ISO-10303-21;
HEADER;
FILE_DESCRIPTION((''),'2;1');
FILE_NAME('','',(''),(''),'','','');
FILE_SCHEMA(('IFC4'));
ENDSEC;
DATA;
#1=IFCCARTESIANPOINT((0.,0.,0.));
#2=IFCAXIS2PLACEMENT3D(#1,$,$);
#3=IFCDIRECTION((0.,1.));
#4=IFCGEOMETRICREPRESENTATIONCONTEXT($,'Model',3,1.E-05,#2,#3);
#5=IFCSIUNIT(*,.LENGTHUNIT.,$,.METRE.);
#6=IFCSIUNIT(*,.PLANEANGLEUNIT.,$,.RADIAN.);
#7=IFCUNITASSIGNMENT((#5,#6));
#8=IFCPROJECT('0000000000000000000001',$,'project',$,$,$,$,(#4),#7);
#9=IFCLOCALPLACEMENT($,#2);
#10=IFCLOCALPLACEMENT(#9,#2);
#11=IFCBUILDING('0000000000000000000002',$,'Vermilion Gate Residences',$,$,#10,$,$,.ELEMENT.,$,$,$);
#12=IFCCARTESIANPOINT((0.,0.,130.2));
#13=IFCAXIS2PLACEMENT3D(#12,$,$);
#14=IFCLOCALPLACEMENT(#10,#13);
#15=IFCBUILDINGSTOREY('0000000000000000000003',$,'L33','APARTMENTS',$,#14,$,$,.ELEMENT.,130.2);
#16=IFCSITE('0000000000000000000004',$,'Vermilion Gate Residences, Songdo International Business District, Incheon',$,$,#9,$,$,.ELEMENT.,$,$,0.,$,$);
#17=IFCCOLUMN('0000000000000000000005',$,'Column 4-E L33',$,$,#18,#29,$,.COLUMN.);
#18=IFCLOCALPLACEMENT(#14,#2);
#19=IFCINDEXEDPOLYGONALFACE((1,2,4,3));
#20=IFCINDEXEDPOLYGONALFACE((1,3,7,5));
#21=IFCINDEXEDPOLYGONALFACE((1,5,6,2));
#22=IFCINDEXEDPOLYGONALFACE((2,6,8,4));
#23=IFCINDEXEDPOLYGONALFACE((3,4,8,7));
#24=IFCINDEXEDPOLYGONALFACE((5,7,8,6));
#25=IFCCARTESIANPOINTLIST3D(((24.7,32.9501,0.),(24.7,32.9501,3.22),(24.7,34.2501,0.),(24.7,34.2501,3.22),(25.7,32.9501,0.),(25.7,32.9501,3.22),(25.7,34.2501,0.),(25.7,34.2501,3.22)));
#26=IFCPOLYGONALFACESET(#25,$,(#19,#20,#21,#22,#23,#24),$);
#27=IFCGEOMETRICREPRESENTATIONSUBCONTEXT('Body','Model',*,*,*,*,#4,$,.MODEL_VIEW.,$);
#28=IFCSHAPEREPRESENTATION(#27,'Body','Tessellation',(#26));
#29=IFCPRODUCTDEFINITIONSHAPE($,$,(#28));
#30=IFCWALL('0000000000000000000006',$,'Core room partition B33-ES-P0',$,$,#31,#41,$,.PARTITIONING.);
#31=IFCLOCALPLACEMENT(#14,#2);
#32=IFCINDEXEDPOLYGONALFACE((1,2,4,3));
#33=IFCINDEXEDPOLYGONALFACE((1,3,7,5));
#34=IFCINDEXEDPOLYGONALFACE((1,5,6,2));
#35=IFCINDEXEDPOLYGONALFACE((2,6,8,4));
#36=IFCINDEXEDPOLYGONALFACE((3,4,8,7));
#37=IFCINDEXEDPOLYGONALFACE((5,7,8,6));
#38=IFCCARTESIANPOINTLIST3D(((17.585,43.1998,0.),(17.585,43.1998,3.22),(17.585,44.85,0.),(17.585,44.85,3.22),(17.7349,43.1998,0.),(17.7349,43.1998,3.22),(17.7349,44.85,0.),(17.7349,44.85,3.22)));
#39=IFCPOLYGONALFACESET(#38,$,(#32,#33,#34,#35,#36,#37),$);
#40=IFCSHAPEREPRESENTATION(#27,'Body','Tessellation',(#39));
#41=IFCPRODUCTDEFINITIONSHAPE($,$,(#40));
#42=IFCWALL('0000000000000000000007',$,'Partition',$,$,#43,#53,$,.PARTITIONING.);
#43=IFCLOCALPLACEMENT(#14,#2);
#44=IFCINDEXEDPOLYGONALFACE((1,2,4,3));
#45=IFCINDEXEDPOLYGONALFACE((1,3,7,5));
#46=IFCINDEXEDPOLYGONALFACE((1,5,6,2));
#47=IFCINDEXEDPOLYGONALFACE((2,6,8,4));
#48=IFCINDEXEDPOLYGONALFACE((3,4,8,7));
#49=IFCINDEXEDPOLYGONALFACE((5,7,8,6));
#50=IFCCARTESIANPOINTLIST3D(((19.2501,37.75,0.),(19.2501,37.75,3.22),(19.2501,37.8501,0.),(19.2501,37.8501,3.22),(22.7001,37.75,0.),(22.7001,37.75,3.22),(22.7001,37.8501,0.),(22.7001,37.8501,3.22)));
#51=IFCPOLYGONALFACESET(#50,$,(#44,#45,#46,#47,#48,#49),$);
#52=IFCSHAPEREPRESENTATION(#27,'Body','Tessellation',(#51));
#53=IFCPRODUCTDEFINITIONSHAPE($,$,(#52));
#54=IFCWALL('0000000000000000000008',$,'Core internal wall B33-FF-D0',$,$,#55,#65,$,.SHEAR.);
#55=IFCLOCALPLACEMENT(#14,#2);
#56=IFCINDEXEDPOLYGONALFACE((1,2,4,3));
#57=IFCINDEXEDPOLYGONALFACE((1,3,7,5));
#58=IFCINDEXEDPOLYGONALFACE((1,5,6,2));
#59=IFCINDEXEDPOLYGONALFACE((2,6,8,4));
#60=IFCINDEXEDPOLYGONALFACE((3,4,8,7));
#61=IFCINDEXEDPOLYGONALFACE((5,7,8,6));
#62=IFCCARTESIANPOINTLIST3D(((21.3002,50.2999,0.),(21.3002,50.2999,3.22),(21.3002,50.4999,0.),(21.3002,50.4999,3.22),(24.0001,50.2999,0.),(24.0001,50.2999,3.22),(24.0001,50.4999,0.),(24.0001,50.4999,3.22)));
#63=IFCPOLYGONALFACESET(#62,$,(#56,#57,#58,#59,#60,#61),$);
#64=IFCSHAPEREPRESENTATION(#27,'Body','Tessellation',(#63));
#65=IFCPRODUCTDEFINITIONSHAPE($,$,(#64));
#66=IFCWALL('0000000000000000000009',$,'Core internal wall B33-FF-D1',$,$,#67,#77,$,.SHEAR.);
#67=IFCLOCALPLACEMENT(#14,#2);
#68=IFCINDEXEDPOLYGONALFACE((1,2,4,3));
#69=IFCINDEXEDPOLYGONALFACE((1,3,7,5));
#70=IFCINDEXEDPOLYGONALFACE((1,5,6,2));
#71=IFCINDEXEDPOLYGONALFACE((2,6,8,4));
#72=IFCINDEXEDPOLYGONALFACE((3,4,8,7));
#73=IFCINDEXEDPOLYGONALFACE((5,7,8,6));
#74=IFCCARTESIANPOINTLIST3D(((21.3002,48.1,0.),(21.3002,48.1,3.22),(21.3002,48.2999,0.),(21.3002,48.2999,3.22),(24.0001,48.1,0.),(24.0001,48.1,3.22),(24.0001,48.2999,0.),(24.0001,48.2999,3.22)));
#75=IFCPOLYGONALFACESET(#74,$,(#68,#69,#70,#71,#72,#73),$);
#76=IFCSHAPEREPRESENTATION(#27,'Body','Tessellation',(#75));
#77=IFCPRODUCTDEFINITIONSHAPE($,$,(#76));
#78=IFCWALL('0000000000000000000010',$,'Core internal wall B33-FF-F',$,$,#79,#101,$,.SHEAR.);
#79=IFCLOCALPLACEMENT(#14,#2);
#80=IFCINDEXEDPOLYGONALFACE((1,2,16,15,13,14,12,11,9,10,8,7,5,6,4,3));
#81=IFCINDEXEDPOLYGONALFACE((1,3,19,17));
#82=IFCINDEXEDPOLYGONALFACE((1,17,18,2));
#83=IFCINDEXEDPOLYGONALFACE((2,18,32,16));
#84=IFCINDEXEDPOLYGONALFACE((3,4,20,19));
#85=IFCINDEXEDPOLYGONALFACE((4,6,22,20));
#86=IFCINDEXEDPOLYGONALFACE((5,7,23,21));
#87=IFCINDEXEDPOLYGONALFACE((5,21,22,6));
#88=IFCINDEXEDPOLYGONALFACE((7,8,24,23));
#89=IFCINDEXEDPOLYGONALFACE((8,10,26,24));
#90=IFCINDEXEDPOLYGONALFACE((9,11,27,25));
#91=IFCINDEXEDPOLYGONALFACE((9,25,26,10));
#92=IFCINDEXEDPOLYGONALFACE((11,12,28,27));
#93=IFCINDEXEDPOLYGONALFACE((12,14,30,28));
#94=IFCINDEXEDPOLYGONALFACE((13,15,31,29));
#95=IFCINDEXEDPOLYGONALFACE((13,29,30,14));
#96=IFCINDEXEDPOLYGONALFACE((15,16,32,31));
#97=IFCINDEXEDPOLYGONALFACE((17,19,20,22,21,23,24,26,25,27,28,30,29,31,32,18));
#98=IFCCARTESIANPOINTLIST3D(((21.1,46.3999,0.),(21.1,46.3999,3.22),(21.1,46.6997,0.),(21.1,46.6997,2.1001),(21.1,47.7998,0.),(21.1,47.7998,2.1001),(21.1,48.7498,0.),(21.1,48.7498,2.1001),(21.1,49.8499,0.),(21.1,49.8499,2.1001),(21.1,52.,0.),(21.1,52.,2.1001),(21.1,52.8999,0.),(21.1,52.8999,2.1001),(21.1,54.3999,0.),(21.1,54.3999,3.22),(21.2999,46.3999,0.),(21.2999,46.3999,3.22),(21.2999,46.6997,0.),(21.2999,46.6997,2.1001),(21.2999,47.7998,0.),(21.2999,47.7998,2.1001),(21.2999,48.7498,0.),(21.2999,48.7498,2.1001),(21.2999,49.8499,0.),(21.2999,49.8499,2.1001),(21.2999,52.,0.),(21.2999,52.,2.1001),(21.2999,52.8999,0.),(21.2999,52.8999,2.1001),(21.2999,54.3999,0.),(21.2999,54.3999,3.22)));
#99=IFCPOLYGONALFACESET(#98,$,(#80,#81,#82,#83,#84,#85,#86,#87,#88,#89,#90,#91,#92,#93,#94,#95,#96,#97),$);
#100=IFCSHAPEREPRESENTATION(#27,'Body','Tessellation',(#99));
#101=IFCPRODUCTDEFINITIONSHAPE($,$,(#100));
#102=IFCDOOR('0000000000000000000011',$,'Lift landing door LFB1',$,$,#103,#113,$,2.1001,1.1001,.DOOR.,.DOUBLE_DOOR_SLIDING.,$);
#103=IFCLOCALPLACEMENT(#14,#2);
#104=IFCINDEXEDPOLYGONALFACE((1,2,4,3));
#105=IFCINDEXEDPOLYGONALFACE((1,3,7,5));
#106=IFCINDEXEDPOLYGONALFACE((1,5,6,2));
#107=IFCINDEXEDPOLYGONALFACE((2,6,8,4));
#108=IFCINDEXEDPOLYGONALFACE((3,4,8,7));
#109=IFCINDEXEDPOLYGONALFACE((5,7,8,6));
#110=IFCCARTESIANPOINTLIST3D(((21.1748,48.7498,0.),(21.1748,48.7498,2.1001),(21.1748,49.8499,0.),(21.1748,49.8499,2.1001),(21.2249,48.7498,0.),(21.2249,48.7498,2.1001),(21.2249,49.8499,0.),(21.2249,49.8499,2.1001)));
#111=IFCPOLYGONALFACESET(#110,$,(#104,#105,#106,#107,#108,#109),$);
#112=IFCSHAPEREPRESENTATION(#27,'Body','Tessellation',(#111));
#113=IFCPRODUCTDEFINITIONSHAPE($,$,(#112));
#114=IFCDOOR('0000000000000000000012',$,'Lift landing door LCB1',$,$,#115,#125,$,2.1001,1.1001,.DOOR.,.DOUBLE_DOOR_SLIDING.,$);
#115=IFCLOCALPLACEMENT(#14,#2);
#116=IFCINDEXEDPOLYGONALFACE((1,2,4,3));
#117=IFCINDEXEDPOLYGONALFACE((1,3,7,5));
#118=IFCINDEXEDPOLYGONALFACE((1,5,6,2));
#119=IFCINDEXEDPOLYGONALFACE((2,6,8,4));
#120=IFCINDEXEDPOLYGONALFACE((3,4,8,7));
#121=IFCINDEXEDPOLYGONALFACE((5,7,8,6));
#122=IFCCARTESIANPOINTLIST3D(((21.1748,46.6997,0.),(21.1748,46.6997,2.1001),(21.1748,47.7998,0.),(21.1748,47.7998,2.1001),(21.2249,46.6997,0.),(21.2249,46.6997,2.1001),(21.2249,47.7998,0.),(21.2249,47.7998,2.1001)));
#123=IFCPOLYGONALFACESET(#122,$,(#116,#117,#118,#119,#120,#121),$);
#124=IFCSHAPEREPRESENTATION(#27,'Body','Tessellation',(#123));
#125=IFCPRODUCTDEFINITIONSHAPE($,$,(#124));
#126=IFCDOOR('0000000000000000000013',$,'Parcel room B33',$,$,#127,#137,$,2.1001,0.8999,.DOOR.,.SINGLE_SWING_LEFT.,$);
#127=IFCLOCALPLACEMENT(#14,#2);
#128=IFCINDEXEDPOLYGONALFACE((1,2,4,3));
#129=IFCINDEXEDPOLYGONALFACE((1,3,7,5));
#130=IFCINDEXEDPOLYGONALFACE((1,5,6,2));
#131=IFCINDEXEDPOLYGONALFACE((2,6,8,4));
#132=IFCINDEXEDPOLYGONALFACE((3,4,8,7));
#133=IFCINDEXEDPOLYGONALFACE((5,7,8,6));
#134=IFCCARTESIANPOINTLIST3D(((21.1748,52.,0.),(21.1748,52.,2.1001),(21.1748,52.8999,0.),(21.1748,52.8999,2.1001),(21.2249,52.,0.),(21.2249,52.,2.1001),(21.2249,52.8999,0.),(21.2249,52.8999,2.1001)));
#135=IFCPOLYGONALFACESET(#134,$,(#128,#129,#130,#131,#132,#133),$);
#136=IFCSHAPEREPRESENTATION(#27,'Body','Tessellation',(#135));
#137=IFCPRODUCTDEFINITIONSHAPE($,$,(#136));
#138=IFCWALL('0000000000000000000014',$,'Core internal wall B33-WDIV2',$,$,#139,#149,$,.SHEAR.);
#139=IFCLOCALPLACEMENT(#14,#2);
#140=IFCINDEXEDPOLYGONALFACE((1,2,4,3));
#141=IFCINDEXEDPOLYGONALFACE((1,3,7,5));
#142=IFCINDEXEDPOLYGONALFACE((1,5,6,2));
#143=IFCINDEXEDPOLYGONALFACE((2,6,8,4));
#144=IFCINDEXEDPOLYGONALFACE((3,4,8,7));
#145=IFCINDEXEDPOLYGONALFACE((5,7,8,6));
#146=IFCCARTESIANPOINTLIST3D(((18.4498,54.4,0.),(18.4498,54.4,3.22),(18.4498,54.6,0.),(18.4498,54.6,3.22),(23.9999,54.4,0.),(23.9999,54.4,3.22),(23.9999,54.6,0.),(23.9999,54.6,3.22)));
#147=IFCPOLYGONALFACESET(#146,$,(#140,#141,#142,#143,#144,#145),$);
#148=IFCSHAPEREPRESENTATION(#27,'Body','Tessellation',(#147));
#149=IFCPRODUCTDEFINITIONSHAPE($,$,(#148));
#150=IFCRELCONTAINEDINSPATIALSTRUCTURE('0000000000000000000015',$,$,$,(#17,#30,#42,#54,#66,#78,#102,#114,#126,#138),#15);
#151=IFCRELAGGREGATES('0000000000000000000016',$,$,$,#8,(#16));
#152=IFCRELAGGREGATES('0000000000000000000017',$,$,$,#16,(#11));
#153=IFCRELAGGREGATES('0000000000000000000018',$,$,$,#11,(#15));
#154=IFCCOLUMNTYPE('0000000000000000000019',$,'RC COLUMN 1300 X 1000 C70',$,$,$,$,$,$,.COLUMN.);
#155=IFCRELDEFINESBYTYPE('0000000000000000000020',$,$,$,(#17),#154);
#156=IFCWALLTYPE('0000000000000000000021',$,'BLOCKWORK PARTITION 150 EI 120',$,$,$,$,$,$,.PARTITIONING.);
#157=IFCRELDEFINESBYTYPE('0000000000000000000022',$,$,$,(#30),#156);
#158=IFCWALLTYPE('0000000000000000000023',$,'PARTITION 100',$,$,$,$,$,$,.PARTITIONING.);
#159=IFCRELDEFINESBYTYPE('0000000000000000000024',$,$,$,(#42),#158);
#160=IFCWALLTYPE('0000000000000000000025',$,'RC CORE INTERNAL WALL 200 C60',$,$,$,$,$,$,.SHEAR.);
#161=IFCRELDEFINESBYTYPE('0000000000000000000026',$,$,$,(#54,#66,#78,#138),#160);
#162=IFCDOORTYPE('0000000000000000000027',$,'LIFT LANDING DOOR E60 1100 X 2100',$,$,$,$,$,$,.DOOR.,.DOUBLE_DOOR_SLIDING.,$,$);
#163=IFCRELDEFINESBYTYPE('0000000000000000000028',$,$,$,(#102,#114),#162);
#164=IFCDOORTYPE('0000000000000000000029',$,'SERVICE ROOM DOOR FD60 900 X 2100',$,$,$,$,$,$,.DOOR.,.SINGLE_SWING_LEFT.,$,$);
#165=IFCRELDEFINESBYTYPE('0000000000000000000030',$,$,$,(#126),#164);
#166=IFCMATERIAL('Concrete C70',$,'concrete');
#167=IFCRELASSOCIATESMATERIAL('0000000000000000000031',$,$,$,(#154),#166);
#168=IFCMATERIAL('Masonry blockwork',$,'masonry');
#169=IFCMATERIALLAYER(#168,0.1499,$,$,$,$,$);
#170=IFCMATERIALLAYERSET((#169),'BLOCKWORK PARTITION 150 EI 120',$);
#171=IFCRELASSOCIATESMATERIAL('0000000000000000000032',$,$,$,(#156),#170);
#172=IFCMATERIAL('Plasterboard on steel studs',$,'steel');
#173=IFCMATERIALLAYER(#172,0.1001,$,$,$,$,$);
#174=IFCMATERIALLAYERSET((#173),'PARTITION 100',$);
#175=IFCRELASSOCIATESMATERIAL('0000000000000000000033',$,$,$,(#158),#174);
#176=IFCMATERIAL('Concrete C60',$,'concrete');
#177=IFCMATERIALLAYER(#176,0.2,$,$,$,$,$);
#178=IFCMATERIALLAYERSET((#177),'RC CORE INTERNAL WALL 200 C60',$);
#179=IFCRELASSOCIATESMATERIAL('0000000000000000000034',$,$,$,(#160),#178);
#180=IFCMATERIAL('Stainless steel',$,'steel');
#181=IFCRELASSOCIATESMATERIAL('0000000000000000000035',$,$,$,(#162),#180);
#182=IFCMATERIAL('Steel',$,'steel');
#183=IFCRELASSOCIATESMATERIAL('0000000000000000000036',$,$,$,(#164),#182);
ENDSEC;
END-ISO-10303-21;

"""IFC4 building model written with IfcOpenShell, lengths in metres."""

from ifc_helpers import new_model, si_unit, direction, frame, frame_2d, origin, origin_2d, place, context, subcontext, project, spatial, rectangle, extrude, material, layer, layer_set, material_profile, profile_set, type_object, element, fill, save


model = new_model("IFC4")

# Units and contexts
model_context = context("Model", 3, precision=1e-05, world=origin(), true_north=direction((0.0, 1.0)))
body_context = subcontext(model_context, "Body", "Model", "MODEL_VIEW")
ifc_project = project(units=[si_unit("LENGTHUNIT", "METRE"), si_unit("PLANEANGLEUNIT", "RADIAN")], contexts=[model_context])

# Site, building, storey
site_placement = place(None, origin())
site = spatial("IfcSite", under=ifc_project, at=site_placement, Name="Vermilion Gate Residences, Songdo International Business District, Incheon", CompositionType="ELEMENT", RefElevation=0.0)
building_placement = place(site_placement, origin())
building = spatial("IfcBuilding", under=site, at=building_placement, Name="Vermilion Gate Residences", CompositionType="ELEMENT")
storey_placement = place(building_placement, frame((0.0, 0.0, 130.2)))
storey = spatial("IfcBuildingStorey", under=building, at=storey_placement, Name="L33", Description="APARTMENTS", CompositionType="ELEMENT", Elevation=130.2)

# Column
ifc_material_1 = material(Name="Concrete C70", Category="concrete")
ifc_material_profile = material_profile(ifc_material_1, rectangle(XDim=1.3, YDim=1.0, at=origin_2d()), Name="RC-1300x1000")
ifc_profile_set = profile_set([ifc_material_profile], Name="Concrete C70")
column_type = type_object("IfcColumnType", Name="RC COLUMN 1300 X 1000 C70", PredefinedType="COLUMN", material=ifc_profile_set)
column_placement = place(storey_placement, frame((25.2, 33.6001, 0.0), z_axis=(0.0, 0.0, 1.0), x_axis=(0.0, 1.0, 0.0)))
element("IfcColumn", 1, at=column_placement, inside=storey, type_object=column_type, Name="Column 4-E L33", PredefinedType="COLUMN", context=body_context, shape_type="SweptSolid", body=[
    extrude(rectangle(XDim=1.3, YDim=1.0, at=origin_2d()), origin(), (0.0, 0.0, 1.0), 3.22),
])

# Walls
ifc_material_2 = material(Name="Masonry blockwork", Category="masonry")
ifc_layer_1 = layer(ifc_material_2, 0.1499)
ifc_layer_set_1 = layer_set([ifc_layer_1], Name="BLOCKWORK PARTITION 150 EI 120")
wall_type_1 = type_object("IfcWallType", Name="BLOCKWORK PARTITION 150 EI 120", PredefinedType="PARTITIONING", material=ifc_layer_set_1)
wall_1_placement = place(storey_placement, frame((17.6599, 44.8501, 0.0), z_axis=(0.0, 0.0, 1.0), x_axis=(0.0, -1.0, 0.0)))
element("IfcWall", 2, at=wall_1_placement, inside=storey, type_object=wall_type_1, Name="Core room partition B33-ES-P0", PredefinedType="PARTITIONING", context=body_context, shape_type="SweptSolid", body=[
    extrude(rectangle(XDim=1.6501, YDim=0.1499, at=frame_2d((0.8252, 0.0))), origin(), (0.0, 0.0, 1.0), 3.22),
])
ifc_material_3 = material(Name="Plasterboard on steel studs", Category="steel")
ifc_layer_2 = layer(ifc_material_3, 0.1001)
ifc_layer_set_2 = layer_set([ifc_layer_2], Name="PARTITION 100")
wall_type_2 = type_object("IfcWallType", Name="PARTITION 100", PredefinedType="PARTITIONING", material=ifc_layer_set_2)
wall_2_placement = place(storey_placement, frame((19.25, 37.8, 0.0), z_axis=(0.0, 0.0, 1.0), x_axis=(1.0, 0.0, 0.0)))
element("IfcWall", 3, at=wall_2_placement, inside=storey, type_object=wall_type_2, Name="Partition", PredefinedType="PARTITIONING", context=body_context, shape_type="SweptSolid", body=[
    extrude(rectangle(XDim=3.45, YDim=0.1001, at=frame_2d((1.7251, 0.0))), origin(), (0.0, 0.0, 1.0), 3.22),
])
ifc_material_4 = material(Name="Concrete C60", Category="concrete")
ifc_layer_3 = layer(ifc_material_4, 0.2)
ifc_layer_set_3 = layer_set([ifc_layer_3], Name="RC CORE INTERNAL WALL 200 C60")
wall_type_3 = type_object("IfcWallType", Name="RC CORE INTERNAL WALL 200 C60", PredefinedType="SHEAR", material=ifc_layer_set_3)
for number, where, z_axis, x_axis, name in (
    (4, (21.3, 50.3999, 0.0), (0.0, 0.0, 1.0), (1.0, 0.0, 0.0), "Core internal wall B33-FF-D0"),
    (5, (21.3, 48.2, 0.0), (0.0, 0.0, 1.0), (1.0, 0.0, 0.0), "Core internal wall B33-FF-D1"),
):
    element("IfcWall", number, at=place(storey_placement, frame(where, z_axis=z_axis, x_axis=x_axis)), inside=storey, type_object=wall_type_3, Name=name, PredefinedType="SHEAR", context=body_context, shape_type="SweptSolid", body=[
        extrude(rectangle(XDim=2.7, YDim=0.2, at=frame_2d((1.3501, 0.0))), origin(), (0.0, 0.0, 1.0), 3.22),
    ])

# Wall, openings, doors
wall_3_placement = place(storey_placement, frame((21.2, 54.3999, 0.0), z_axis=(0.0, 0.0, 1.0), x_axis=(0.0, -1.0, 0.0)))
wall_3 = element("IfcWall", 6, at=wall_3_placement, inside=storey, type_object=wall_type_3, Name="Core internal wall B33-FF-F", PredefinedType="SHEAR", context=body_context, shape_type="SweptSolid", body=[
    extrude(rectangle(XDim=8.0, YDim=0.2, at=frame_2d((4.0, 0.0))), origin(), (0.0, 0.0, 1.0), 3.22),
])
opening_1_placement = place(wall_3_placement, frame((1.5, 0.0, 0.0)))
opening_1 = element("IfcOpeningElement", 7, at=opening_1_placement, cuts=wall_3, PredefinedType="OPENING", context=body_context, shape_type="SweptSolid", body=[
    extrude(rectangle(XDim=0.8999, YDim=2.1001, at=frame_2d((0.45, 1.05))), frame((0.0, 0.1099, 0.0), z_axis=(0.0, -1.0, 0.0), x_axis=(1.0, 0.0, 0.0)), (0.0, 0.0, 1.0), 0.22),
])
opening_2_placement = place(wall_3_placement, frame((4.55, 0.0, 0.0)))
opening_2 = element("IfcOpeningElement", 8, at=opening_2_placement, cuts=wall_3, PredefinedType="OPENING", context=body_context, shape_type="SweptSolid", body=[
    extrude(rectangle(XDim=1.1001, YDim=2.1001, at=frame_2d((0.55, 1.05))), frame((0.0, 0.1099, 0.0), z_axis=(0.0, -1.0, 0.0), x_axis=(1.0, 0.0, 0.0)), (0.0, 0.0, 1.0), 0.22),
])
opening_3_placement = place(wall_3_placement, frame((6.6001, 0.0, 0.0)))
opening_3 = element("IfcOpeningElement", 9, at=opening_3_placement, cuts=wall_3, PredefinedType="OPENING", context=body_context, shape_type="SweptSolid", body=[
    extrude(rectangle(XDim=1.1001, YDim=2.1001, at=frame_2d((0.55, 1.05))), frame((0.0, 0.1099, 0.0), z_axis=(0.0, -1.0, 0.0), x_axis=(1.0, 0.0, 0.0)), (0.0, 0.0, 1.0), 0.22),
])
ifc_material_5 = material(Name="Stainless steel", Category="steel")
door_type_1 = type_object("IfcDoorType", Name="LIFT LANDING DOOR E60 1100 X 2100", OperationType="DOUBLE_DOOR_SLIDING", PredefinedType="DOOR", material=ifc_material_5)
door_1_placement = place(opening_2_placement, origin())
door_1 = element("IfcDoor", 10, at=door_1_placement, inside=storey, type_object=door_type_1, Name="Lift landing door LFB1", OperationType="DOUBLE_DOOR_SLIDING", OverallHeight=2.1001, OverallWidth=1.1001, PredefinedType="DOOR", context=body_context, shape_type="SweptSolid", body=[
    extrude(rectangle(XDim=1.1001, YDim=2.1001, at=frame_2d((0.55, 1.05))), frame((0.0, 0.0249, 0.0), z_axis=(0.0, -1.0, 0.0), x_axis=(1.0, 0.0, 0.0)), (0.0, 0.0, 1.0), 0.05),
])
fill(opening_2, door_1)
door_2_placement = place(opening_3_placement, origin())
door_2 = element("IfcDoor", 11, at=door_2_placement, inside=storey, type_object=door_type_1, Name="Lift landing door LCB1", OperationType="DOUBLE_DOOR_SLIDING", OverallHeight=2.1001, OverallWidth=1.1001, PredefinedType="DOOR", context=body_context, shape_type="SweptSolid", body=[
    extrude(rectangle(XDim=1.1001, YDim=2.1001, at=frame_2d((0.55, 1.05))), frame((0.0, 0.0249, 0.0), z_axis=(0.0, -1.0, 0.0), x_axis=(1.0, 0.0, 0.0)), (0.0, 0.0, 1.0), 0.05),
])
fill(opening_3, door_2)
ifc_material_6 = material(Name="Steel", Category="steel")
door_type_2 = type_object("IfcDoorType", Name="SERVICE ROOM DOOR FD60 900 X 2100", OperationType="SINGLE_SWING_LEFT", PredefinedType="DOOR", material=ifc_material_6)
door_3_placement = place(opening_1_placement, origin())
door_3 = element("IfcDoor", 12, at=door_3_placement, inside=storey, type_object=door_type_2, Name="Parcel room B33", OperationType="SINGLE_SWING_LEFT", OverallHeight=2.1001, OverallWidth=0.8999, PredefinedType="DOOR", context=body_context, shape_type="SweptSolid", body=[
    extrude(rectangle(XDim=0.8999, YDim=2.1001, at=frame_2d((0.45, 1.05))), frame((0.0, 0.0249, 0.0), z_axis=(0.0, -1.0, 0.0), x_axis=(1.0, 0.0, 0.0)), (0.0, 0.0, 1.0), 0.05),
])
fill(opening_1, door_3)

# Wall
wall_4_placement = place(storey_placement, frame((18.45, 54.5, 0.0), z_axis=(0.0, 0.0, 1.0), x_axis=(1.0, 0.0, 0.0)))
element("IfcWall", 13, at=wall_4_placement, inside=storey, type_object=wall_type_3, Name="Core internal wall B33-WDIV2", PredefinedType="SHEAR", context=body_context, shape_type="SweptSolid", body=[
    extrude(rectangle(XDim=5.55, YDim=0.2, at=frame_2d((2.7749, 0.0))), origin(), (0.0, 0.0, 1.0), 3.22),
])

save(model, "model.ifc")
